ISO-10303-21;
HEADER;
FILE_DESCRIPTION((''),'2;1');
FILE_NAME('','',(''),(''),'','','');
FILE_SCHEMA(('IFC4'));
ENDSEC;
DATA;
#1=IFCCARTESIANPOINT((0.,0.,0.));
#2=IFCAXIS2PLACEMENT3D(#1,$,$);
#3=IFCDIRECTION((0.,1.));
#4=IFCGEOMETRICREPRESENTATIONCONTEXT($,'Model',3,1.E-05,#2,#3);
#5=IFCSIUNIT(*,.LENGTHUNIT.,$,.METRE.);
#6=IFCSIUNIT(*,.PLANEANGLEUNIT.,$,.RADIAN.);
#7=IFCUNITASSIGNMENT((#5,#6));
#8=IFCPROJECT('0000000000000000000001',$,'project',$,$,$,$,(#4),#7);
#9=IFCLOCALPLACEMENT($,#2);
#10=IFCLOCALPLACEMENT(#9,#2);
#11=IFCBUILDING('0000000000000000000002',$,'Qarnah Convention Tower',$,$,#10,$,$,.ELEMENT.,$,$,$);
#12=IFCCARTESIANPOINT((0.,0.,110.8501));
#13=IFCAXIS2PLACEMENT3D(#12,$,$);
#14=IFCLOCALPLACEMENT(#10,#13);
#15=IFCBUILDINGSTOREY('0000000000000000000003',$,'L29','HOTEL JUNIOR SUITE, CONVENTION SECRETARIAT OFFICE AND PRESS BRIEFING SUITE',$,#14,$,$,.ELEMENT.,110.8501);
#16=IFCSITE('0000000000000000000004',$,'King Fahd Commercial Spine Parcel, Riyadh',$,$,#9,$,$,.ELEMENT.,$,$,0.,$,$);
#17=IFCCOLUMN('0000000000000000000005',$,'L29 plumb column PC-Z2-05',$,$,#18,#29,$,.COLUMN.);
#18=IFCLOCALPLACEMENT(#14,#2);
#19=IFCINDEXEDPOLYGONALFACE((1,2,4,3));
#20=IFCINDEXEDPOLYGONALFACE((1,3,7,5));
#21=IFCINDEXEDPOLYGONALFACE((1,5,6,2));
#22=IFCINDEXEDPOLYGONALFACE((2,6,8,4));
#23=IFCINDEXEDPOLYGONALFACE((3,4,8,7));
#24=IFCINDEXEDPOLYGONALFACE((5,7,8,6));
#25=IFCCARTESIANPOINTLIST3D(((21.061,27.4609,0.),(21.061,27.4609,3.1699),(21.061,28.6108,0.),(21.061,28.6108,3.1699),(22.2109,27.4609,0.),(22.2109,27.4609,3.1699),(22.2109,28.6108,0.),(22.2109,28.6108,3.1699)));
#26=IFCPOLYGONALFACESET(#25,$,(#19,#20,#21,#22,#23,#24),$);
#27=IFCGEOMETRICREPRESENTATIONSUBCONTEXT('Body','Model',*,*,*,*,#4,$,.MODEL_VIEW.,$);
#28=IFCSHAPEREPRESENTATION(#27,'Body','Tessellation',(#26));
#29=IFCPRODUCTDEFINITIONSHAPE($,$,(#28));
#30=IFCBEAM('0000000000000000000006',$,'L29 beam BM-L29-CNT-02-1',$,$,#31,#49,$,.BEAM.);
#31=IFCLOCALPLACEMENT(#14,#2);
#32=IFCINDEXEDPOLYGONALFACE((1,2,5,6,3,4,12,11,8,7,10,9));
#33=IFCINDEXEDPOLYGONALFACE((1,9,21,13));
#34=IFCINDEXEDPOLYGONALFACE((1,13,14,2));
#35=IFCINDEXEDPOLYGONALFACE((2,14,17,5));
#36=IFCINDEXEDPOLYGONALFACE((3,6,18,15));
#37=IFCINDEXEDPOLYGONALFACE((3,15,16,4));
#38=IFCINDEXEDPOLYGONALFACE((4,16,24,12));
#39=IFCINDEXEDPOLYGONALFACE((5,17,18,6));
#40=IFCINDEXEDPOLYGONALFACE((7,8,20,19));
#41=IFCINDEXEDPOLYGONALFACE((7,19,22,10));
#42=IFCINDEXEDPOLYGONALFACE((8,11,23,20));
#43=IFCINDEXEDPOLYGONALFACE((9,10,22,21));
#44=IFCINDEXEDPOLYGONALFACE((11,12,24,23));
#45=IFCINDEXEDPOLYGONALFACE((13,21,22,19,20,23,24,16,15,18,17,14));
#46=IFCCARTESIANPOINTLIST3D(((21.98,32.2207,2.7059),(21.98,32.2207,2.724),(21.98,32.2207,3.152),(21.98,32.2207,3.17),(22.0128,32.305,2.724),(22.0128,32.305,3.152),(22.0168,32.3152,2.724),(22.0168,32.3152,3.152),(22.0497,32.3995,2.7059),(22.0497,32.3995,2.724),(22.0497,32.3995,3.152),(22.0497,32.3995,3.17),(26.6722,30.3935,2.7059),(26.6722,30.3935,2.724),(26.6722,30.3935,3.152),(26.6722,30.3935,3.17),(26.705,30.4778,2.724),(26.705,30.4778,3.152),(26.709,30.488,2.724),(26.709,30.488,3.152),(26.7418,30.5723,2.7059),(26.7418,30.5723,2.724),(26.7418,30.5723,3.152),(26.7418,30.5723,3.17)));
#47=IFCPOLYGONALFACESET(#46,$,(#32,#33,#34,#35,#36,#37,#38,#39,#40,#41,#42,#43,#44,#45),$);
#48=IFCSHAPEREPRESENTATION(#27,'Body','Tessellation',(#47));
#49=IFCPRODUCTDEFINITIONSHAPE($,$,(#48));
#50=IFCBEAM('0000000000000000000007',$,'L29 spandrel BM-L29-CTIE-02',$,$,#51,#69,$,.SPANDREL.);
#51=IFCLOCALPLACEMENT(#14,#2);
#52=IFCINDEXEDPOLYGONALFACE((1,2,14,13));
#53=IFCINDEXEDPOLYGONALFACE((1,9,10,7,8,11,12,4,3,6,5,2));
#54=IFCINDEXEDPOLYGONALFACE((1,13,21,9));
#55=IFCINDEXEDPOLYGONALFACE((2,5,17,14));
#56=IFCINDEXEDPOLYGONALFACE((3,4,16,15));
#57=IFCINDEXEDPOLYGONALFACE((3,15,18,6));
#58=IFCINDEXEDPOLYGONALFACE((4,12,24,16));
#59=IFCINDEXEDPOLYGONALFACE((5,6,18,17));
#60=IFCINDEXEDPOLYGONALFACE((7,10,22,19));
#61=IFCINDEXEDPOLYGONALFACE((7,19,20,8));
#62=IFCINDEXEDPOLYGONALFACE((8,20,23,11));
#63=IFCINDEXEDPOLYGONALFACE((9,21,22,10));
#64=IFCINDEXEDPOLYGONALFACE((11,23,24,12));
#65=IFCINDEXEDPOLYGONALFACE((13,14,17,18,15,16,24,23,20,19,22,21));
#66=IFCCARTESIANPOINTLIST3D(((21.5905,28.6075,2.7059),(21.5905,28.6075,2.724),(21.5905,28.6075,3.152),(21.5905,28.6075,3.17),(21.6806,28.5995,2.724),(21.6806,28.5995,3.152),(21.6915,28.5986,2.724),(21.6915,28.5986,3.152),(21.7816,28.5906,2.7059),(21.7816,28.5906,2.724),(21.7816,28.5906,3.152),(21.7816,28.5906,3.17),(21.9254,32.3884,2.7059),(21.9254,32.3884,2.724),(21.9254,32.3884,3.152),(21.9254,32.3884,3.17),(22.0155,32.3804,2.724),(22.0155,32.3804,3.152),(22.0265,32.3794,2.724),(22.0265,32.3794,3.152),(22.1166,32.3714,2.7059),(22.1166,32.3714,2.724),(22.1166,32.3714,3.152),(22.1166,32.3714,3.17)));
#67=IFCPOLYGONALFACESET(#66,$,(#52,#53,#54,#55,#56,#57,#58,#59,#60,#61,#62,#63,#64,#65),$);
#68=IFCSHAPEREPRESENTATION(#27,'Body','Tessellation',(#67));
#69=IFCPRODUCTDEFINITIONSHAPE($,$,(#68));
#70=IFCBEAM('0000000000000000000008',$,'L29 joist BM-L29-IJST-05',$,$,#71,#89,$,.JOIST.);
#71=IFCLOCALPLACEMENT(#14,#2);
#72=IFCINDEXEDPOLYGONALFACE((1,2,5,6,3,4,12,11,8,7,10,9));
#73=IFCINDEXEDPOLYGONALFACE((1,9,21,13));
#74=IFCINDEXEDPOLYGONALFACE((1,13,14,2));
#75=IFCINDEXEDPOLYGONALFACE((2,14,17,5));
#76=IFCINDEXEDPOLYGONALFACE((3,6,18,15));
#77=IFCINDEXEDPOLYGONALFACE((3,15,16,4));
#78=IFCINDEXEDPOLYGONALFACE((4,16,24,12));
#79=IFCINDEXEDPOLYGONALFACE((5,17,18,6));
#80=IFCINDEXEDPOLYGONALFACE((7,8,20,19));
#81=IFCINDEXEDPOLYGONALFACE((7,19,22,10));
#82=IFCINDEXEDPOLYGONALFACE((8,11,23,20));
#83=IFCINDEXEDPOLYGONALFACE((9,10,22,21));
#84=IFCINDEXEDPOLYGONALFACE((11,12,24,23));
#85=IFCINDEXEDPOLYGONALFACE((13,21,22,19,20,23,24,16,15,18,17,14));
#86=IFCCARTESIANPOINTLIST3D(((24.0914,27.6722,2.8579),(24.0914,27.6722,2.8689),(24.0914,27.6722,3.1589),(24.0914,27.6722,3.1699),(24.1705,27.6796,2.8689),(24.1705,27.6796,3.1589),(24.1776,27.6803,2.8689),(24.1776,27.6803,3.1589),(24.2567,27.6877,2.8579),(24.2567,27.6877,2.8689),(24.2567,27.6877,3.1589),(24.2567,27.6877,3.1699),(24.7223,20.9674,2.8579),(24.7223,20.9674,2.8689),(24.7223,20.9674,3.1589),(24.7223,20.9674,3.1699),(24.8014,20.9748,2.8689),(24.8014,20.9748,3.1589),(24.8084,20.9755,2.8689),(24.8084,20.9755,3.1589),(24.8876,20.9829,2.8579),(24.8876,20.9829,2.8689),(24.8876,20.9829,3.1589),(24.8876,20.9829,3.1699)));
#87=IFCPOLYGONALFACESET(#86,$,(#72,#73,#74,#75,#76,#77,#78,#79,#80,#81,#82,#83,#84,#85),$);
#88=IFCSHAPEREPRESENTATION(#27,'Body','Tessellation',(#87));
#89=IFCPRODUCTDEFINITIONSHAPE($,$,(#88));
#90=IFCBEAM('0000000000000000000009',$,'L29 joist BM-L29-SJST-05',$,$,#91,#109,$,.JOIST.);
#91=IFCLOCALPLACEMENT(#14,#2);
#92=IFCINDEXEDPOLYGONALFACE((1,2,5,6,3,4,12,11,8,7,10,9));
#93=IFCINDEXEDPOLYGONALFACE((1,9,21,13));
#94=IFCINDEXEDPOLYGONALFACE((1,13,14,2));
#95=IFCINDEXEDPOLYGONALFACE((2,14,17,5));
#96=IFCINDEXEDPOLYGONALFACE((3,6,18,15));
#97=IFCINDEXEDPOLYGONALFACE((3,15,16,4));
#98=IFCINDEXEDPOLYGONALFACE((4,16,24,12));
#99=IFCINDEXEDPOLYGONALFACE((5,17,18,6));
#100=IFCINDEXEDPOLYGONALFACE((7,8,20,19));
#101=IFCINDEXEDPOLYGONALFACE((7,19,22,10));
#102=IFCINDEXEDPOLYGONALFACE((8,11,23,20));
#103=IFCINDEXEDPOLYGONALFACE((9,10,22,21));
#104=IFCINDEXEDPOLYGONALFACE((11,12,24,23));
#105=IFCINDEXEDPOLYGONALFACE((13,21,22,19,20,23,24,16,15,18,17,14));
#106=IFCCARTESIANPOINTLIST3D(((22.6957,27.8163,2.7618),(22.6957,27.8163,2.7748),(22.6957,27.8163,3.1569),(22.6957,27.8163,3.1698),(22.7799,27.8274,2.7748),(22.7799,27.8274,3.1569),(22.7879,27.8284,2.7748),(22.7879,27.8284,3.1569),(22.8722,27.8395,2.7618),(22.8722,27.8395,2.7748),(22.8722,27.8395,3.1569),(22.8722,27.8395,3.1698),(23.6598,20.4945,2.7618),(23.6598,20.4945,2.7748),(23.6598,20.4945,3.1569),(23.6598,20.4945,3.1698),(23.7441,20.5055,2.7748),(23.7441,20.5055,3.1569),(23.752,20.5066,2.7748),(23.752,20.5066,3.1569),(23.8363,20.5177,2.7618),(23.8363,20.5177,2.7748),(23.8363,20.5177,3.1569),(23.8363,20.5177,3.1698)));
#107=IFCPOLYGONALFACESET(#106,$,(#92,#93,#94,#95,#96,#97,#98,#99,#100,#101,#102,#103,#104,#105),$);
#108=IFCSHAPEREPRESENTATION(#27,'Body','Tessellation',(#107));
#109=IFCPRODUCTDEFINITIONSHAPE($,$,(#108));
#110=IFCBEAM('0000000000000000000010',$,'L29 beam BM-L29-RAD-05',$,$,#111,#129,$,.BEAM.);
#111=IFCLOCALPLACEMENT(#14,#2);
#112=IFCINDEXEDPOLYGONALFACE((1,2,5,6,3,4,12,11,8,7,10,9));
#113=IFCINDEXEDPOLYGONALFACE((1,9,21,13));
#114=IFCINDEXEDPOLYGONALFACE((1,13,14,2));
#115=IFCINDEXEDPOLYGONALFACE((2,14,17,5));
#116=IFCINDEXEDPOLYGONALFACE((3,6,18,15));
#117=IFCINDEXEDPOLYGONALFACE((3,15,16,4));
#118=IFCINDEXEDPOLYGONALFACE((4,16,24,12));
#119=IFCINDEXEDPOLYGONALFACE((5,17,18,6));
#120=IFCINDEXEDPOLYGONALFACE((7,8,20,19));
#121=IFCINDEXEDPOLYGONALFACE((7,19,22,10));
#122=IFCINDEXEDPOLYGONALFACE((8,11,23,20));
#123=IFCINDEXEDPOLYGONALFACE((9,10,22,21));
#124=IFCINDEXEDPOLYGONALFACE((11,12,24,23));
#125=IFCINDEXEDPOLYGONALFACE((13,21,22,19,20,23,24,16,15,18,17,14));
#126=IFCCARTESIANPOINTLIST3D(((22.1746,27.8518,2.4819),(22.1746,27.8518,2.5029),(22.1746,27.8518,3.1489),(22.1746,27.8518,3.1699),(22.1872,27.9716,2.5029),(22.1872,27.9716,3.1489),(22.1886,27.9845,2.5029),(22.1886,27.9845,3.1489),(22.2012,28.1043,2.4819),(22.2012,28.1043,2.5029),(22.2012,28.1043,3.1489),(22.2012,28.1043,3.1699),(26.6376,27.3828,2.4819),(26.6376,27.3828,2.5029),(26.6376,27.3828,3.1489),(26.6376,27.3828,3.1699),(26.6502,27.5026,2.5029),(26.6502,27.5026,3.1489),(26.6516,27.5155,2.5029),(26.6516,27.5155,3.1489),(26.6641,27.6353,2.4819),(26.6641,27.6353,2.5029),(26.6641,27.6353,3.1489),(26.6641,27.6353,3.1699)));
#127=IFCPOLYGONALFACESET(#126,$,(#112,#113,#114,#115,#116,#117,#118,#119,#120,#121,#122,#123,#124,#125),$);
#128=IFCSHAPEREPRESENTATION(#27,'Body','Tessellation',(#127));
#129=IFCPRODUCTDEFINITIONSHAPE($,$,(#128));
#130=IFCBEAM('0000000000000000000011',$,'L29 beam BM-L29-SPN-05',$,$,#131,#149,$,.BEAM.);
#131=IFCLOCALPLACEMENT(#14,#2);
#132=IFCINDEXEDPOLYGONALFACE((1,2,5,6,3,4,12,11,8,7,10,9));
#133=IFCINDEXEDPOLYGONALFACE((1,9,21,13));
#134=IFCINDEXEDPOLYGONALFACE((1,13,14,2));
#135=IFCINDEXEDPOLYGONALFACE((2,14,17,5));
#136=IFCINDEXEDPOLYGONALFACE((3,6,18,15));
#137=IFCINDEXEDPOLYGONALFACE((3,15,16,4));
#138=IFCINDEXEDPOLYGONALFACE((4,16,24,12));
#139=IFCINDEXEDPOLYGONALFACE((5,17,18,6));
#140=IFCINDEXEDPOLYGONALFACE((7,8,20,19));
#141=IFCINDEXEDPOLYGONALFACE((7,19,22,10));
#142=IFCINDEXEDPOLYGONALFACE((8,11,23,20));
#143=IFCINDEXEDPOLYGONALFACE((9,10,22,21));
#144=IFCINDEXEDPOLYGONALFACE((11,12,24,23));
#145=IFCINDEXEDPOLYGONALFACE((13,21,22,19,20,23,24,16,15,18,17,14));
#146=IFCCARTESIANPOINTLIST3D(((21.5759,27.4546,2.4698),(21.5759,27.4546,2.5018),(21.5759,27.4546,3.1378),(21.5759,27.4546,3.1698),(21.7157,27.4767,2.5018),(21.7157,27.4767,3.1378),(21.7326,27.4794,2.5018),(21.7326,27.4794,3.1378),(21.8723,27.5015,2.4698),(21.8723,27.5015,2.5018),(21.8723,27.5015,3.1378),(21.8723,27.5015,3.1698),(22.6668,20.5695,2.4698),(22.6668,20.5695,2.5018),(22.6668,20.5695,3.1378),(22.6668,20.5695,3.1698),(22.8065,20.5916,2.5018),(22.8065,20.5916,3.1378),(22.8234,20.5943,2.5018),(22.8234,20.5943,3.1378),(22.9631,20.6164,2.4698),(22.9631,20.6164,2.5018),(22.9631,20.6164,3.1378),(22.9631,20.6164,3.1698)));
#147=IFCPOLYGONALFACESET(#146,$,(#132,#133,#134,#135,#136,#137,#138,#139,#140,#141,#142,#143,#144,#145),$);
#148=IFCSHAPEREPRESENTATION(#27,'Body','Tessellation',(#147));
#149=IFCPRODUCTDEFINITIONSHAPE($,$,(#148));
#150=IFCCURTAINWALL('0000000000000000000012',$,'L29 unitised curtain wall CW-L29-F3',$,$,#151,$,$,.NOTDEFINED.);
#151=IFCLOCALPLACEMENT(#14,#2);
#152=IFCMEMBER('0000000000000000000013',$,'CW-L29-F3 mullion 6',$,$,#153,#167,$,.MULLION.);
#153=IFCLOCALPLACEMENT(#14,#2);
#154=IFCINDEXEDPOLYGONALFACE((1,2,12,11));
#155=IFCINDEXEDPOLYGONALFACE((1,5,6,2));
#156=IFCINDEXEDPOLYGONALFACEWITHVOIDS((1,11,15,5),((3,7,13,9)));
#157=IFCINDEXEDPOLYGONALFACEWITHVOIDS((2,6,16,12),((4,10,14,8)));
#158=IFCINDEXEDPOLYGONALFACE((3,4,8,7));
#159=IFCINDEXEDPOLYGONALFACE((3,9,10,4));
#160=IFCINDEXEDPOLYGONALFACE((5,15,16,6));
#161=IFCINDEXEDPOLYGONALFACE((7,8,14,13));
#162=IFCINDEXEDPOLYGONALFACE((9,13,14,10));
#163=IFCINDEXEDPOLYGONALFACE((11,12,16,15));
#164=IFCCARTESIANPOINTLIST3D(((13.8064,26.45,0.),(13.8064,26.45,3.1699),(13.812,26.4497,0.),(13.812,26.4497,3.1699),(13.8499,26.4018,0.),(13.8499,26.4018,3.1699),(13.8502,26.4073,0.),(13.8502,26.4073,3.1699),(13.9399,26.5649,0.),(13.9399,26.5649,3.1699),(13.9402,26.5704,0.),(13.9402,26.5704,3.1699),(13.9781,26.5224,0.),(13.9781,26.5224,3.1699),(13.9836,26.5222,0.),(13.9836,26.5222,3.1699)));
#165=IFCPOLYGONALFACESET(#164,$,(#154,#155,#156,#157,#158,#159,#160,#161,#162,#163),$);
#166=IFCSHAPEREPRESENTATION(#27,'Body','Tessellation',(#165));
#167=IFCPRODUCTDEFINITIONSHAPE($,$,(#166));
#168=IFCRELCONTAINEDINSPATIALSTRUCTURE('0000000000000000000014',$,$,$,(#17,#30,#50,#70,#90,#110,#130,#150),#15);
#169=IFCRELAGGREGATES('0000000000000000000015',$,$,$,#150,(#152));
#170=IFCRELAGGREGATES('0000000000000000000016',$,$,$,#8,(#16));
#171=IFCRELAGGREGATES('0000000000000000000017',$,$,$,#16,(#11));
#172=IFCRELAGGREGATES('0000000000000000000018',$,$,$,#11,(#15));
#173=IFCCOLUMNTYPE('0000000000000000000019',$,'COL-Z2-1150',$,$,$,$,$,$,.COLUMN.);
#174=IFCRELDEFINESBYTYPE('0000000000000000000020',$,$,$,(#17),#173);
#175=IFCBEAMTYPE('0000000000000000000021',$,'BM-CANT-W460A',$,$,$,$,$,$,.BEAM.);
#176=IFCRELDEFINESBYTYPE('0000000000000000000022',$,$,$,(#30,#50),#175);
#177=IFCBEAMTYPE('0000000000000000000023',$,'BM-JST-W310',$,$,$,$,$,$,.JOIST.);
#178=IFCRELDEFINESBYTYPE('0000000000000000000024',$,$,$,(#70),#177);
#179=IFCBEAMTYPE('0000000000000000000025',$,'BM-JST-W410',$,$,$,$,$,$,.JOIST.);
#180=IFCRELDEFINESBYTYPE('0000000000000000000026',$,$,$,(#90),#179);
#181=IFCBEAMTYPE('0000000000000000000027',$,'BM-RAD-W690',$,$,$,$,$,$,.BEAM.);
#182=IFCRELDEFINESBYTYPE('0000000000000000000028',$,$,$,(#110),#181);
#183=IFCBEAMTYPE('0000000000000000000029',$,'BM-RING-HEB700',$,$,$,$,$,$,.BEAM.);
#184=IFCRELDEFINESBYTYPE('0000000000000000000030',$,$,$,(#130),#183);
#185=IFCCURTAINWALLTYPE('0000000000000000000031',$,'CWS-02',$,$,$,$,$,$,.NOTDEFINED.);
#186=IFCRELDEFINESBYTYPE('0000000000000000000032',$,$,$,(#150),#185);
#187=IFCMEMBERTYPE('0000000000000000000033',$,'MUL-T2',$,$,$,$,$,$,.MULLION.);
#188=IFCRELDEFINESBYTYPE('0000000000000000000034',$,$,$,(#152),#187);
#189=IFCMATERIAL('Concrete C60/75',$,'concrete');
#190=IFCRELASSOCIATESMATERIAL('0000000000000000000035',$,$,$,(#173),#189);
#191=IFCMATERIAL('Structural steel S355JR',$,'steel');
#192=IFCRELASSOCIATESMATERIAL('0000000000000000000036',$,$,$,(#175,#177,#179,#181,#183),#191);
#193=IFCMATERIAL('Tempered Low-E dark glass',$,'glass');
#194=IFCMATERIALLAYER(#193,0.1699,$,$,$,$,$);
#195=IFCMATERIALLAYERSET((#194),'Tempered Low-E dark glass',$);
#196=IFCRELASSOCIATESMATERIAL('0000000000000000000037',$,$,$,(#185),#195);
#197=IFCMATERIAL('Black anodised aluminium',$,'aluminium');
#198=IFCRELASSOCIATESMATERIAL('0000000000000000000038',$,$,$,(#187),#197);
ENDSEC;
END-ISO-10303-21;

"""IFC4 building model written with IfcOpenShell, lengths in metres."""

from ifc_helpers import new_model, si_unit, direction, frame, origin, origin_2d, place, context, subcontext, project, spatial, rectangle, hollow_rectangle, i_section, extrude, material, layer, layer_set, material_profile, profile_set, type_object, element, aggregate, save


model = new_model("IFC4")

# Units and contexts
model_context = context("Model", 3, precision=1e-05, world=origin(), true_north=direction((0.0, 1.0)))
body_context = subcontext(model_context, "Body", "Model", "MODEL_VIEW")
ifc_project = project(units=[si_unit("LENGTHUNIT", "METRE"), si_unit("PLANEANGLEUNIT", "RADIAN")], contexts=[model_context])

# Site, building, storey
site_placement = place(None, origin())
site = spatial("IfcSite", under=ifc_project, at=site_placement, Name="King Fahd Commercial Spine Parcel, Riyadh", CompositionType="ELEMENT", RefElevation=0.0)
building_placement = place(site_placement, origin())
building = spatial("IfcBuilding", under=site, at=building_placement, Name="Qarnah Convention Tower", CompositionType="ELEMENT")
storey_placement = place(building_placement, frame((0.0, 0.0, 110.8501)))
storey = spatial("IfcBuildingStorey", under=building, at=storey_placement, Name="L29", Description="HOTEL JUNIOR SUITE, CONVENTION SECRETARIAT OFFICE AND PRESS BRIEFING SUITE", CompositionType="ELEMENT", Elevation=110.8501)

# Column
ifc_material_1 = material(Name="Concrete C60/75", Category="concrete")
ifc_material_profile_1 = material_profile(ifc_material_1, rectangle(XDim=1.1499, YDim=1.1499, at=origin_2d()), Name="RC-COL-1150X1150")
ifc_profile_set_1 = profile_set([ifc_material_profile_1], Name="Concrete C60/75")
column_type = type_object("IfcColumnType", Name="COL-Z2-1150", PredefinedType="COLUMN", material=ifc_profile_set_1)
column_placement = place(storey_placement, frame((21.636, 28.0359, 0.0), z_axis=(0.0, 0.0, 1.0), x_axis=(1.0, 0.0, 0.0)))
element("IfcColumn", 1, at=column_placement, inside=storey, type_object=column_type, Name="L29 plumb column PC-Z2-05", PredefinedType="COLUMN", context=body_context, shape_type="SweptSolid", body=[
    extrude(rectangle(XDim=1.1499, YDim=1.1499, at=origin_2d()), origin(), (0.0, 0.0, 1.0), 3.1699),
])

# Beams
ifc_material_2 = material(Name="Structural steel S355JR", Category="steel")
ifc_material_profile_2 = material_profile(ifc_material_2, i_section(OverallWidth=0.1919, OverallDepth=0.4641, WebThickness=0.011, FlangeThickness=0.0181, at=origin_2d()), Name="W460X89")
ifc_profile_set_2 = profile_set([ifc_material_profile_2], Name="Structural steel S355JR")
beam_type_1 = type_object("IfcBeamType", Name="BM-CANT-W460A", PredefinedType="BEAM", material=ifc_profile_set_2)
beam_1_placement = place(storey_placement, frame((26.707, 30.4829, 2.938), z_axis=(-0.931842, 0.362865, 0.0), x_axis=(-0.362865, -0.931842, 0.0)))
element("IfcBeam", 2, at=beam_1_placement, inside=storey, type_object=beam_type_1, Name="L29 beam BM-L29-CNT-02-1", PredefinedType="BEAM", context=body_context, shape_type="SweptSolid", body=[
    extrude(i_section(OverallWidth=0.1919, OverallDepth=0.4641, WebThickness=0.011, FlangeThickness=0.0181, at=origin_2d()), origin(), (0.0, 0.0, 1.0), 5.0354),
])
beam_2_placement = place(storey_placement, frame((22.021, 32.3799, 2.938), z_axis=(-0.08825, -0.996098, 0.0), x_axis=(0.996098, -0.08825, 0.0)))
element("IfcBeam", 3, at=beam_2_placement, inside=storey, type_object=beam_type_1, Name="L29 spandrel BM-L29-CTIE-02", PredefinedType="SPANDREL", context=body_context, shape_type="SweptSolid", body=[
    extrude(i_section(OverallWidth=0.1919, OverallDepth=0.4641, WebThickness=0.011, FlangeThickness=0.0181, at=origin_2d()), origin(), (0.0, 0.0, 1.0), 3.7957),
])
ifc_material_profile_3 = material_profile(ifc_material_2, i_section(OverallWidth=0.166, OverallDepth=0.312, WebThickness=0.0071, FlangeThickness=0.011, at=origin_2d()), Name="W310X45")
ifc_profile_set_3 = profile_set([ifc_material_profile_3], Name="Structural steel S355JR")
beam_type_2 = type_object("IfcBeamType", Name="BM-JST-W310", PredefinedType="JOIST", material=ifc_profile_set_3)
beam_3_placement = place(storey_placement, frame((24.1741, 27.6799, 3.0139), z_axis=(0.093676, -0.995603, 0.0), x_axis=(0.995603, 0.093676, 0.0)))
element("IfcBeam", 4, at=beam_3_placement, inside=storey, type_object=beam_type_2, Name="L29 joist BM-L29-IJST-05", PredefinedType="JOIST", context=body_context, shape_type="SweptSolid", body=[
    extrude(i_section(OverallWidth=0.166, OverallDepth=0.312, WebThickness=0.0071, FlangeThickness=0.011, at=origin_2d()), origin(), (0.0, 0.0, 1.0), 6.7344),
])
ifc_material_profile_4 = material_profile(ifc_material_2, i_section(OverallWidth=0.178, OverallDepth=0.408, WebThickness=0.0081, FlangeThickness=0.0129, at=origin_2d()), Name="W410X60")
ifc_profile_set_4 = profile_set([ifc_material_profile_4], Name="Structural steel S355JR")
beam_type_3 = type_object("IfcBeamType", Name="BM-JST-W410", PredefinedType="JOIST", material=ifc_profile_set_4)
beam_4_placement = place(storey_placement, frame((22.7839, 27.8279, 2.9658), z_axis=(0.13055, -0.991442, 0.0), x_axis=(0.991442, 0.13055, 0.0)))
element("IfcBeam", 5, at=beam_4_placement, inside=storey, type_object=beam_type_3, Name="L29 joist BM-L29-SJST-05", PredefinedType="JOIST", context=body_context, shape_type="SweptSolid", body=[
    extrude(i_section(OverallWidth=0.178, OverallDepth=0.408, WebThickness=0.0081, FlangeThickness=0.0129, at=origin_2d()), origin(), (0.0, 0.0, 1.0), 7.385),
])
ifc_material_profile_5 = material_profile(ifc_material_2, i_section(OverallWidth=0.2539, OverallDepth=0.688, WebThickness=0.0129, FlangeThickness=0.021, at=origin_2d()), Name="W690X152")
ifc_profile_set_5 = profile_set([ifc_material_profile_5], Name="Structural steel S355JR")
beam_type_4 = type_object("IfcBeamType", Name="BM-RAD-W690", PredefinedType="BEAM", material=ifc_profile_set_5)
beam_5_placement = place(storey_placement, frame((26.6509, 27.509, 2.8259), z_axis=(-0.994524, 0.104512, 0.0), x_axis=(-0.104512, -0.994524, 0.0)))
element("IfcBeam", 6, at=beam_5_placement, inside=storey, type_object=beam_type_4, Name="L29 beam BM-L29-RAD-05", PredefinedType="BEAM", context=body_context, shape_type="SweptSolid", body=[
    extrude(i_section(OverallWidth=0.2539, OverallDepth=0.688, WebThickness=0.0129, FlangeThickness=0.021, at=origin_2d()), origin(), (0.0, 0.0, 1.0), 4.4875),
])
ifc_material_profile_6 = material_profile(ifc_material_2, i_section(OverallWidth=0.3, OverallDepth=0.7, WebThickness=0.0171, FlangeThickness=0.032, at=origin_2d()), Name="HEB700")
ifc_profile_set_6 = profile_set([ifc_material_profile_6], Name="Structural steel S355JR")
beam_type_5 = type_object("IfcBeamType", Name="BM-RING-HEB700", PredefinedType="BEAM", material=ifc_profile_set_6)
beam_6_placement = place(storey_placement, frame((21.7241, 27.478, 2.8198), z_axis=(0.156482, -0.987681, 0.0), x_axis=(0.987681, 0.156482, 0.0)))
element("IfcBeam", 7, at=beam_6_placement, inside=storey, type_object=beam_type_5, Name="L29 beam BM-L29-SPN-05", PredefinedType="BEAM", context=body_context, shape_type="SweptSolid", body=[
    extrude(i_section(OverallWidth=0.3, OverallDepth=0.7, WebThickness=0.0171, FlangeThickness=0.032, at=origin_2d()), origin(), (0.0, 0.0, 1.0), 6.9709),
])

# Curtain wall, member
ifc_material_3 = material(Name="Tempered Low-E dark glass", Category="glass")
ifc_layer_1 = layer(ifc_material_3, 0.1699)
ifc_layer_set_1 = layer_set([ifc_layer_1], Name="Tempered Low-E dark glass")
curtain_wall_type = type_object("IfcCurtainWallType", Name="CWS-02", PredefinedType="NOTDEFINED", material=ifc_layer_set_1)
curtain_wall_placement = place(storey_placement, origin())
curtain_wall = element("IfcCurtainWall", 8, at=curtain_wall_placement, inside=storey, type_object=curtain_wall_type, Name="L29 unitised curtain wall CW-L29-F3", PredefinedType="NOTDEFINED")
ifc_material_4 = material(Name="Black anodised aluminium", Category="aluminium")
ifc_material_profile_7 = material_profile(ifc_material_4, hollow_rectangle(XDim=0.0649, YDim=0.1799, WallThickness=0.0039, at=origin_2d()), Name="MUL-65X180")
ifc_profile_set_7 = profile_set([ifc_material_profile_7], Name="Black anodised aluminium")
member_type = type_object("IfcMemberType", Name="MUL-T2", PredefinedType="MULLION", material=ifc_profile_set_7)
member_placement = place(storey_placement, frame((13.895, 26.4861, 0.0), z_axis=(0.0, 0.0, 1.0), x_axis=(-0.669122, 0.743153, 0.0)))
member = element("IfcMember", 9, at=member_placement, type_object=member_type, Name="CW-L29-F3 mullion 6", PredefinedType="MULLION", context=body_context, shape_type="SweptSolid", body=[
    extrude(hollow_rectangle(XDim=0.0649, YDim=0.1799, WallThickness=0.0039, at=origin_2d()), origin(), (0.0, 0.0, 1.0), 3.1699),
])
aggregate(curtain_wall, [member])

save(model, "model.ifc")
